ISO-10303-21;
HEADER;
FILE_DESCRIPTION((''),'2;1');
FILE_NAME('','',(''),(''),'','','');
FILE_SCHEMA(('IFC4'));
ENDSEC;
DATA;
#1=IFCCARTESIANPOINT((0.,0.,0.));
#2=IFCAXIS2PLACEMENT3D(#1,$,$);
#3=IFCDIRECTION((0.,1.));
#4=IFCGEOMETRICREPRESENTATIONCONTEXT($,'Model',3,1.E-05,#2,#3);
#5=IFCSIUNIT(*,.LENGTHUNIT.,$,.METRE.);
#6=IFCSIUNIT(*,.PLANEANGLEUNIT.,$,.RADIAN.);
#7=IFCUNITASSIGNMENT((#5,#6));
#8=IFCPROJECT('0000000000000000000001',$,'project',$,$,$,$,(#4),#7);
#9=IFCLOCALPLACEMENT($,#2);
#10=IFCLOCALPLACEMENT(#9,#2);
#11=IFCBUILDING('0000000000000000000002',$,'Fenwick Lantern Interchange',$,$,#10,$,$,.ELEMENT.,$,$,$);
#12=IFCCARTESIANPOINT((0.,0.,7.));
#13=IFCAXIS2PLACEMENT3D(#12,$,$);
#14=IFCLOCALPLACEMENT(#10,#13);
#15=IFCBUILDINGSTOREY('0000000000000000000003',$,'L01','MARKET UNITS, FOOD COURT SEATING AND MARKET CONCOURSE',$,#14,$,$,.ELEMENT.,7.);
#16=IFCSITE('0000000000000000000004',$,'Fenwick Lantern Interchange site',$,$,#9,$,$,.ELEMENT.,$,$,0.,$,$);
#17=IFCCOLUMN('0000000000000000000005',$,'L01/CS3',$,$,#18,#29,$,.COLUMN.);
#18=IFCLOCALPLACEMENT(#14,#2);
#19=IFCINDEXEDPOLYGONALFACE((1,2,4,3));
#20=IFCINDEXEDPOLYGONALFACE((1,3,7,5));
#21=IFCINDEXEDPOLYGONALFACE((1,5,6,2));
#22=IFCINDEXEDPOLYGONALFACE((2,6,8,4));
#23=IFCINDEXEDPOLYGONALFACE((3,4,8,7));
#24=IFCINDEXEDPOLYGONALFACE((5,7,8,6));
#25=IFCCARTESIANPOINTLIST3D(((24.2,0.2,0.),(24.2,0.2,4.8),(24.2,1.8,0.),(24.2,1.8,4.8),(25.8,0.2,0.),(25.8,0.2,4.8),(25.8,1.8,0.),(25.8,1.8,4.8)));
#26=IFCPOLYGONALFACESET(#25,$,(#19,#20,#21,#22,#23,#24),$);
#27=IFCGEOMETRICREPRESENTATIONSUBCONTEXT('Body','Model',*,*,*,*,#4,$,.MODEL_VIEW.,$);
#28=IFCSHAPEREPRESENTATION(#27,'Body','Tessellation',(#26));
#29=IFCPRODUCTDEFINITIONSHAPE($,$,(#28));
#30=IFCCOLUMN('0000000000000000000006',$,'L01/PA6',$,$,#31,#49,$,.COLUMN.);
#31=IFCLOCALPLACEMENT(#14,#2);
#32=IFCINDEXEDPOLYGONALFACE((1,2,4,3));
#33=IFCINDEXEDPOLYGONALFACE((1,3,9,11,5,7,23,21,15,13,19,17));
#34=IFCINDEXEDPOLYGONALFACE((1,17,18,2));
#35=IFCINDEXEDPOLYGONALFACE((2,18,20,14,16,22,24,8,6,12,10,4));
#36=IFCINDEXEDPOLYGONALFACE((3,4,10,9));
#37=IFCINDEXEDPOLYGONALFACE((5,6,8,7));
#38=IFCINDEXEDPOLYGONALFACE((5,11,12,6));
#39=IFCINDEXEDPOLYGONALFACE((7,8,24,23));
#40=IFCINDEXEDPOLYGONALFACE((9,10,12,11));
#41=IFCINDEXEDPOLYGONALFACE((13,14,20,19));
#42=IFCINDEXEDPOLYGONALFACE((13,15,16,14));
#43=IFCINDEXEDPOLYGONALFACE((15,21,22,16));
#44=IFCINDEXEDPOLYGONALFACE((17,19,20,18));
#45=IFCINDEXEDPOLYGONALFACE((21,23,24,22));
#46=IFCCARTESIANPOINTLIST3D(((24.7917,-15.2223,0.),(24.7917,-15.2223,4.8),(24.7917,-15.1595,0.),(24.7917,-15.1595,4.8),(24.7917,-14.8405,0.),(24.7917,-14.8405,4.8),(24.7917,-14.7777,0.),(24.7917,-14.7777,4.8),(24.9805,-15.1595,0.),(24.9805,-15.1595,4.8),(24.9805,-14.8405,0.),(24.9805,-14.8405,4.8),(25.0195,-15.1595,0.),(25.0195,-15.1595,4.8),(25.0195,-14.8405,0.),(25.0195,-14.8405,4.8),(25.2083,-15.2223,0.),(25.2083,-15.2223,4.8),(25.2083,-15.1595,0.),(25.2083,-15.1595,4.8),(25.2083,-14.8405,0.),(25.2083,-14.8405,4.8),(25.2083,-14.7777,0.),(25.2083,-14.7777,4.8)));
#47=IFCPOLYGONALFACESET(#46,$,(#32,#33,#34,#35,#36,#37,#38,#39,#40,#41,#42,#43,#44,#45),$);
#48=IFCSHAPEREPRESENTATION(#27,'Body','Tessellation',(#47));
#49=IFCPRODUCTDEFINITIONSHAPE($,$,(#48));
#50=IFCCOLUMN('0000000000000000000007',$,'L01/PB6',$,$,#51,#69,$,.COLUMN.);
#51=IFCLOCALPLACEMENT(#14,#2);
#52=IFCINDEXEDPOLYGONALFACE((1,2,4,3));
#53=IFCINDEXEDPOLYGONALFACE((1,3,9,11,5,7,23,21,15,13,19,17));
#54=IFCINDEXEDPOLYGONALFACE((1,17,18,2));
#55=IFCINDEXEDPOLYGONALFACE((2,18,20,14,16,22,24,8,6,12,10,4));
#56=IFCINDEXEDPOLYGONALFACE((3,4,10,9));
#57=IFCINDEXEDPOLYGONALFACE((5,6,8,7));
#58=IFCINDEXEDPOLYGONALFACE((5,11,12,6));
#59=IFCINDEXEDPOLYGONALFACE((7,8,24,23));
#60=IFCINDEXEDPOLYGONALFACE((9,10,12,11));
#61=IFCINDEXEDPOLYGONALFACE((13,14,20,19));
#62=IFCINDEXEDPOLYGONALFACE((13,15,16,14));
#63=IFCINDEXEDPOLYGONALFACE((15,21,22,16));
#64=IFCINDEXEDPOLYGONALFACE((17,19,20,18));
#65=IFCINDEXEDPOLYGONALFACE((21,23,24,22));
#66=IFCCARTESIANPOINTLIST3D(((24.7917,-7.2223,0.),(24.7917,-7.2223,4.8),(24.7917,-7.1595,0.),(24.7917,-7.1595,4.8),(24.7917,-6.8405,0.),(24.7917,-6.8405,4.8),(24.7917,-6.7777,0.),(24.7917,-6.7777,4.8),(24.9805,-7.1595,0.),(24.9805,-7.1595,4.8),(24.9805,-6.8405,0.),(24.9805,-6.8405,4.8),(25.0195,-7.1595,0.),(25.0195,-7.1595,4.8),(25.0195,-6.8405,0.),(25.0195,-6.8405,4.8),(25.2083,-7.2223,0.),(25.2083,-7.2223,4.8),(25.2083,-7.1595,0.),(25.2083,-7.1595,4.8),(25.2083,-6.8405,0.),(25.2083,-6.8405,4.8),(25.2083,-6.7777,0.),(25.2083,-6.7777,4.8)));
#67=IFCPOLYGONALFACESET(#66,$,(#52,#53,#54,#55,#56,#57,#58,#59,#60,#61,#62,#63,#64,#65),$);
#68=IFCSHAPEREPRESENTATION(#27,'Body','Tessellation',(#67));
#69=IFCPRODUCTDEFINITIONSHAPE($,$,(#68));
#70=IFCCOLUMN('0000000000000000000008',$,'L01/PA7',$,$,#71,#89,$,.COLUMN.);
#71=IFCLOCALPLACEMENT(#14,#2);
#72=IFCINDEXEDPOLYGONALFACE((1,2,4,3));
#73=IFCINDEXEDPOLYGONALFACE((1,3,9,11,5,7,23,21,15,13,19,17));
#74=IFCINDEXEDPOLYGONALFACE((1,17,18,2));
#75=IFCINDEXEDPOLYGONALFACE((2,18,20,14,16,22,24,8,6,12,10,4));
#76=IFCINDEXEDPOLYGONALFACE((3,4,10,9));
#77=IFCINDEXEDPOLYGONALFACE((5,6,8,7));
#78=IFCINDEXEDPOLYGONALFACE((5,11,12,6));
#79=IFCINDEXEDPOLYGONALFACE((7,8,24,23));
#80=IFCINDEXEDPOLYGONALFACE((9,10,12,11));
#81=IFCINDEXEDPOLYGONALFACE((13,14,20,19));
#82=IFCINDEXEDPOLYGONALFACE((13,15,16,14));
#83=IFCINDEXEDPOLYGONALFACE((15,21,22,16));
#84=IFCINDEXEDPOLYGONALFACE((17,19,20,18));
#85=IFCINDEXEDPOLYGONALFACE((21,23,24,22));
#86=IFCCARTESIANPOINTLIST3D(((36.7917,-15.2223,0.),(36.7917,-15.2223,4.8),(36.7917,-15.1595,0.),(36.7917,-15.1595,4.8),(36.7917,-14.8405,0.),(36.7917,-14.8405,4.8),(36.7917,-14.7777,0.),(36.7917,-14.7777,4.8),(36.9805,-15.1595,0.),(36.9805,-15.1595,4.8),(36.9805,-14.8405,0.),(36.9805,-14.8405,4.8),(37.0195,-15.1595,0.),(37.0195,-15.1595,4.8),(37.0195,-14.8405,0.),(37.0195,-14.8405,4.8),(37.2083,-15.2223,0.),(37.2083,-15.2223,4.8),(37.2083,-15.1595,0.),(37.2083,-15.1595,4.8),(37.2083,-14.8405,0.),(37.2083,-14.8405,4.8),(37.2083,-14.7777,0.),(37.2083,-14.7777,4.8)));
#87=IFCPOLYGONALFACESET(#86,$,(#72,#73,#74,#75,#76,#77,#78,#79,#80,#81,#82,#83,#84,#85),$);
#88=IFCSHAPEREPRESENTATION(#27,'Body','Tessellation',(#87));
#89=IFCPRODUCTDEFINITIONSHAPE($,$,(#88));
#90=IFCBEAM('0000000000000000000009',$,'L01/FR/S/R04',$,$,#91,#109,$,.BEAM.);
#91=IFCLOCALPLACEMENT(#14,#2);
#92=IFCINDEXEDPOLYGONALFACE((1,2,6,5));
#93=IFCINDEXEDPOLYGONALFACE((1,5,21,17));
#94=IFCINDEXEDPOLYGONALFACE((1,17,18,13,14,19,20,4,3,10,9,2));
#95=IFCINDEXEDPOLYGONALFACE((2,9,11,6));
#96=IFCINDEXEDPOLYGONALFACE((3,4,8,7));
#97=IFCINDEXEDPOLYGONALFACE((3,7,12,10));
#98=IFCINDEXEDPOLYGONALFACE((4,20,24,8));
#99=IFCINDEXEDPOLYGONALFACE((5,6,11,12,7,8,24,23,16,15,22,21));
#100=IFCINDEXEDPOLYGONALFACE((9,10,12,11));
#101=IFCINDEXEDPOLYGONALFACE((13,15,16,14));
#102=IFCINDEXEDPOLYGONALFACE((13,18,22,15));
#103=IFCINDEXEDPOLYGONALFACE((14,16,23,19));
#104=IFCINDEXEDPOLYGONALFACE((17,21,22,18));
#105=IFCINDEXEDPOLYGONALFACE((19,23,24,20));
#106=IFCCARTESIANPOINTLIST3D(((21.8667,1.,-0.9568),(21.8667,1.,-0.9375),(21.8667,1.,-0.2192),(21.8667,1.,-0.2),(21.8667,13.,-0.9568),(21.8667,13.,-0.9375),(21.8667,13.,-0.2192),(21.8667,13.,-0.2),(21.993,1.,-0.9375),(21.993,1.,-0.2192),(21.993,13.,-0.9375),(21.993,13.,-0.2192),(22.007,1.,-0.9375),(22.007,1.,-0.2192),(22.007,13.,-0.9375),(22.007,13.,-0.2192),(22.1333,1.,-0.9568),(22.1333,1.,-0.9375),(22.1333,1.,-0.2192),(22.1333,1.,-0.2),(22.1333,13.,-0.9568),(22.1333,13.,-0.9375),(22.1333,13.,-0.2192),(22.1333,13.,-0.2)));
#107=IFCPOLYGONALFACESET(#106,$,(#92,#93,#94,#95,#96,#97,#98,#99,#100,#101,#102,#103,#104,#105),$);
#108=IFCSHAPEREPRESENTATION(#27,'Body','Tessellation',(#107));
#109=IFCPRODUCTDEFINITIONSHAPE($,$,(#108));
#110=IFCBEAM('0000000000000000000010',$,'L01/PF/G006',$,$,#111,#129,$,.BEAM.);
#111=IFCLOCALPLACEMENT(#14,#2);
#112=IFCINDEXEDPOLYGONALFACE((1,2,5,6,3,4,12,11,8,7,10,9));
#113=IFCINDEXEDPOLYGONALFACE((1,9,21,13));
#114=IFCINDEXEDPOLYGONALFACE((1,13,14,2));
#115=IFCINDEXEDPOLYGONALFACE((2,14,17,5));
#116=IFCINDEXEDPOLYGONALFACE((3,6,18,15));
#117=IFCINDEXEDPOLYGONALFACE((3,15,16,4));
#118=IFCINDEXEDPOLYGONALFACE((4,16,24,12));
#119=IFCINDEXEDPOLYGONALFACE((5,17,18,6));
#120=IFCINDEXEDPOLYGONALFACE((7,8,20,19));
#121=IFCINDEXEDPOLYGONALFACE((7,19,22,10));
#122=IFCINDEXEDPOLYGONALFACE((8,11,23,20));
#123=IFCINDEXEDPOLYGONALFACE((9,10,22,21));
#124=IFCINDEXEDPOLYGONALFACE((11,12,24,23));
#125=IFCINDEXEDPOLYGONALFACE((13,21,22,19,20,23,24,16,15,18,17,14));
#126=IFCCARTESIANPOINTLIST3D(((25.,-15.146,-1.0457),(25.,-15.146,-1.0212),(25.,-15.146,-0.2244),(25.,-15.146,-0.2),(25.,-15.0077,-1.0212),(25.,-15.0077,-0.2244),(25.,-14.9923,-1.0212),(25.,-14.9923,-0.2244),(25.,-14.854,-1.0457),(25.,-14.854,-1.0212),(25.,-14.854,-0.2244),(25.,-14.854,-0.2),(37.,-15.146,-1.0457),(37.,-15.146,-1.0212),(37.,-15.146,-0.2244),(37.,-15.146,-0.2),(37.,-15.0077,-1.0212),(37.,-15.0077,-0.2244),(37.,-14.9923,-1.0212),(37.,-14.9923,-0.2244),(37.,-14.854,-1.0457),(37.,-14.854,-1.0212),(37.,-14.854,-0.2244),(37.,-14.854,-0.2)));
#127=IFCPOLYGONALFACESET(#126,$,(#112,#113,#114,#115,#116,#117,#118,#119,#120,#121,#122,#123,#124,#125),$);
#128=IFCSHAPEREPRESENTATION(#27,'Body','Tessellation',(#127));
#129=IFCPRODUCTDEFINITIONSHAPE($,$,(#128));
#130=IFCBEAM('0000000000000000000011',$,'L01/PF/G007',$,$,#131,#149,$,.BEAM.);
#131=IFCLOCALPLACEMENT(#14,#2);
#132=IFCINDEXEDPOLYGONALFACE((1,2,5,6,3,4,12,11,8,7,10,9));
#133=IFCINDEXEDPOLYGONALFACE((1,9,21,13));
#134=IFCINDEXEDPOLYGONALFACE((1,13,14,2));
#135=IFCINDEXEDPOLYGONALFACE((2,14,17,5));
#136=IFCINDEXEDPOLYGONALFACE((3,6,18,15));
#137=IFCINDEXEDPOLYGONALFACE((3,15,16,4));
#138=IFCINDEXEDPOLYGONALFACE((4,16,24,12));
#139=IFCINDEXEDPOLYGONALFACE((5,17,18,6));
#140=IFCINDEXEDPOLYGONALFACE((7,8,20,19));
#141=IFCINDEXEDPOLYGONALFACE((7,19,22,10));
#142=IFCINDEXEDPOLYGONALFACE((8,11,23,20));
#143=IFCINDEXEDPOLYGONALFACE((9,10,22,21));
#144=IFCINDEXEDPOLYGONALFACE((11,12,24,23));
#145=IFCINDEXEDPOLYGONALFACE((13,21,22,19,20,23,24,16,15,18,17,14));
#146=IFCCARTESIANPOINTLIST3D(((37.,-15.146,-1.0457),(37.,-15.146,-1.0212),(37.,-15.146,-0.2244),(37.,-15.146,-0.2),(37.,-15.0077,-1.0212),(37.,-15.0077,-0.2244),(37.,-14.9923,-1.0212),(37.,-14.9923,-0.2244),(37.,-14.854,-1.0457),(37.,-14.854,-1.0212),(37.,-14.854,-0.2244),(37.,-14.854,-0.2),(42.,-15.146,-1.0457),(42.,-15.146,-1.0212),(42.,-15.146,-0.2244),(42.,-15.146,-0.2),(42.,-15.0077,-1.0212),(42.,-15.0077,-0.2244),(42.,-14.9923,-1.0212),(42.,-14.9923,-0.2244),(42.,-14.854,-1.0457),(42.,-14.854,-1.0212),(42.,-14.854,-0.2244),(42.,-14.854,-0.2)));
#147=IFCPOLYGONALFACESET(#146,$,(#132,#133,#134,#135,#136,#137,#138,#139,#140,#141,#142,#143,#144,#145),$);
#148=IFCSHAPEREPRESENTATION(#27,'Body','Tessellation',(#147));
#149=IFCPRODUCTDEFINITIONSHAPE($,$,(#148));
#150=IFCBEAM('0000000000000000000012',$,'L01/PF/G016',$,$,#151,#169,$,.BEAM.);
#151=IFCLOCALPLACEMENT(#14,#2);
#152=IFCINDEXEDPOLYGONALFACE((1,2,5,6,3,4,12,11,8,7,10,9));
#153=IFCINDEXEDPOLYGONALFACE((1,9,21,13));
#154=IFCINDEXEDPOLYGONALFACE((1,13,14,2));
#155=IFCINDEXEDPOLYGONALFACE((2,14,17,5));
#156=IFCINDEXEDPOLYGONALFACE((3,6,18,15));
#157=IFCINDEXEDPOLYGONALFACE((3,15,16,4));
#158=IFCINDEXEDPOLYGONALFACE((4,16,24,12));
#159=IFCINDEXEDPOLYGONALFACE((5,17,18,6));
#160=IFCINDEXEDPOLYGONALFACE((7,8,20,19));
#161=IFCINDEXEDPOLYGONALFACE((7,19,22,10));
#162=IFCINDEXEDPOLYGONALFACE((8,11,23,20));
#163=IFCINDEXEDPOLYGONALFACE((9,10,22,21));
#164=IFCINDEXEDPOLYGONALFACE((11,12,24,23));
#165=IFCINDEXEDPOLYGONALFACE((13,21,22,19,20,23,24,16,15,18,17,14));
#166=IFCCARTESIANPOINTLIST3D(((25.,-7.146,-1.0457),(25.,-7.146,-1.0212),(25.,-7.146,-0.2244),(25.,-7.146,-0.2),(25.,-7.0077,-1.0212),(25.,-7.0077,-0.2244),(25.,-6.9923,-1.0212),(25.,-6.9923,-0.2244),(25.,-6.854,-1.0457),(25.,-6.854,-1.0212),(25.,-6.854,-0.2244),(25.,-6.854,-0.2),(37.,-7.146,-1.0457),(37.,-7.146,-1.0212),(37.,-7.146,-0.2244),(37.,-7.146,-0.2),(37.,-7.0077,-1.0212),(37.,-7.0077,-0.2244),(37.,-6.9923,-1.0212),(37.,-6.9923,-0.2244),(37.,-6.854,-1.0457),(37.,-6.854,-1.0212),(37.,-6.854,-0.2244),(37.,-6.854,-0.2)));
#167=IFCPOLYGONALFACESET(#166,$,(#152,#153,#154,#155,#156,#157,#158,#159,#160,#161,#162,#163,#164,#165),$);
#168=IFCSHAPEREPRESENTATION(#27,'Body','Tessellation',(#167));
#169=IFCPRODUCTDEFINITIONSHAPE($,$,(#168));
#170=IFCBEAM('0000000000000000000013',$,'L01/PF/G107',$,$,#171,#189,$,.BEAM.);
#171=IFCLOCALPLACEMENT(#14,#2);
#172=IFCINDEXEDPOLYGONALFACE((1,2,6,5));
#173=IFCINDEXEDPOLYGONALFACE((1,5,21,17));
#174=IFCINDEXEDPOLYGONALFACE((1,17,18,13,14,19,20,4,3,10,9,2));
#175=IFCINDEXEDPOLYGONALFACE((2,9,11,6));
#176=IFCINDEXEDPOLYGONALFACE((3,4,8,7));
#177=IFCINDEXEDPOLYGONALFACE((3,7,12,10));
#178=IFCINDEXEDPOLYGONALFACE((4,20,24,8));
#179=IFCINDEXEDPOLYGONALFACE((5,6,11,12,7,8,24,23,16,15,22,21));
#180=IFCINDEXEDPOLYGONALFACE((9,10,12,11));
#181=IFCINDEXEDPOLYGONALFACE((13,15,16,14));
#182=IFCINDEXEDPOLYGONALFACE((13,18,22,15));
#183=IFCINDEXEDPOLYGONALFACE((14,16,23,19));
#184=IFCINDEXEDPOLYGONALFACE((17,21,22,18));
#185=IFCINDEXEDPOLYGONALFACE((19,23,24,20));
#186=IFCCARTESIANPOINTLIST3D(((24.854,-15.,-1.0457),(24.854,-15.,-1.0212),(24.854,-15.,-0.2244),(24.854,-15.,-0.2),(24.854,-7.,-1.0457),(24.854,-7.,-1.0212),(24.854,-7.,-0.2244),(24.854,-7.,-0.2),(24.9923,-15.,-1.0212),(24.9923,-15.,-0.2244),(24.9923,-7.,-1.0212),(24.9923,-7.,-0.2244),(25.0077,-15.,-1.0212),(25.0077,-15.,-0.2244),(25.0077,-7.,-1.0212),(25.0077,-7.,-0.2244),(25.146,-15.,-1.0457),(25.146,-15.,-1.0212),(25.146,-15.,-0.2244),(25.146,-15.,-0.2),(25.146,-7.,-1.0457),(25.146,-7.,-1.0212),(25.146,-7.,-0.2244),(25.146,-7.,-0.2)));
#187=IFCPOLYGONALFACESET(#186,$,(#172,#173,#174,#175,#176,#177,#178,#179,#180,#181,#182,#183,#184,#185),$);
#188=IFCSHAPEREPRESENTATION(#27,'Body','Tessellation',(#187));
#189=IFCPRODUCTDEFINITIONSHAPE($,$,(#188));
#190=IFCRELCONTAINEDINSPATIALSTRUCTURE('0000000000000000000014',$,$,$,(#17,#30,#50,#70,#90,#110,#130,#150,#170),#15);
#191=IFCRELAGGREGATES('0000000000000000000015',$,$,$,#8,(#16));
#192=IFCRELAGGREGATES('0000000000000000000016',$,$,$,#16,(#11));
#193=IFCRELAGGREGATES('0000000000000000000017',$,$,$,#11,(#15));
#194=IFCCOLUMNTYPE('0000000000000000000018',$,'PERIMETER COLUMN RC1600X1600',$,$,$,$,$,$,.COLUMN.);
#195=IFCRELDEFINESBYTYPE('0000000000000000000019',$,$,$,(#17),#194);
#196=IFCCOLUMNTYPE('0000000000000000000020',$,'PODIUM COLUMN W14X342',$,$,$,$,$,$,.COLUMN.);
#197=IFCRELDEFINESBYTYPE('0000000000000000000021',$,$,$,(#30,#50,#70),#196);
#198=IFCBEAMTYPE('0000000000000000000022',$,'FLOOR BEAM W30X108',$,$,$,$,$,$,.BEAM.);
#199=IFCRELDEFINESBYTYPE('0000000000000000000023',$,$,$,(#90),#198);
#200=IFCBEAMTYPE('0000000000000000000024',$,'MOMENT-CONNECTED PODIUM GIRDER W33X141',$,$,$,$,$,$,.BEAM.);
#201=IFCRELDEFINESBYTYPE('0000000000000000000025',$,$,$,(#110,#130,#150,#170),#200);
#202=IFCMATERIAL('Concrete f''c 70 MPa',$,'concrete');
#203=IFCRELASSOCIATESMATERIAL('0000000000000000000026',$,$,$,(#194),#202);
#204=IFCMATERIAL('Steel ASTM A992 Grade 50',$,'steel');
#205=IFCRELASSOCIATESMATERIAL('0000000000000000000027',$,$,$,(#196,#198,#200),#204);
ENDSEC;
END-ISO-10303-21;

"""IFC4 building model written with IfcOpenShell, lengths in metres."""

from ifc_helpers import new_model, si_unit, direction, frame, origin, origin_2d, place, context, subcontext, project, spatial, rectangle, i_section, extrude, material, material_profile, profile_set, type_object, element, save


model = new_model("IFC4")

# Units and contexts
model_context = context("Model", 3, precision=1e-05, world=origin(), true_north=direction((0.0, 1.0)))
body_context = subcontext(model_context, "Body", "Model", "MODEL_VIEW")
ifc_project = project(units=[si_unit("LENGTHUNIT", "METRE"), si_unit("PLANEANGLEUNIT", "RADIAN")], contexts=[model_context])

# Site, building, storey
site_placement = place(None, origin())
site = spatial("IfcSite", under=ifc_project, at=site_placement, Name="Fenwick Lantern Interchange site", CompositionType="ELEMENT", RefElevation=0.0)
building_placement = place(site_placement, origin())
building = spatial("IfcBuilding", under=site, at=building_placement, Name="Fenwick Lantern Interchange", CompositionType="ELEMENT")
storey_placement = place(building_placement, frame((0.0, 0.0, 7.0)))
storey = spatial("IfcBuildingStorey", under=building, at=storey_placement, Name="L01", Description="MARKET UNITS, FOOD COURT SEATING AND MARKET CONCOURSE", CompositionType="ELEMENT", Elevation=7.0)

# Columns
ifc_material_1 = material(Name="Concrete f'c 70 MPa", Category="concrete")
ifc_material_profile_1 = material_profile(ifc_material_1, rectangle(XDim=1.6001, YDim=1.6001, at=origin_2d()), Name="RC1600X1600")
ifc_profile_set_1 = profile_set([ifc_material_profile_1], Name="Concrete f'c 70 MPa")
column_type_1 = type_object("IfcColumnType", Name="PERIMETER COLUMN RC1600X1600", PredefinedType="COLUMN", material=ifc_profile_set_1)
column_placement = place(storey_placement, frame((25.0, 1.0, 0.0), z_axis=(0.0, 0.0, 1.0), x_axis=(1.0, 0.0, 0.0)))
element("IfcColumn", 1, at=column_placement, inside=storey, type_object=column_type_1, Name="L01/CS3", PredefinedType="COLUMN", context=body_context, shape_type="SweptSolid", body=[
    extrude(rectangle(XDim=1.6001, YDim=1.6001, at=origin_2d()), origin(), (0.0, 0.0, 1.0), 4.8),
])
ifc_material_2 = material(Name="Steel ASTM A992 Grade 50", Category="steel")
ifc_material_profile_2 = material_profile(ifc_material_2, i_section(OverallWidth=0.4165, OverallDepth=0.4446, WebThickness=0.0391, FlangeThickness=0.0627, at=origin_2d()), Name="W14X342")
ifc_profile_set_2 = profile_set([ifc_material_profile_2], Name="Steel ASTM A992 Grade 50")
column_type_2 = type_object("IfcColumnType", Name="PODIUM COLUMN W14X342", PredefinedType="COLUMN", material=ifc_profile_set_2)
for number, where, z_axis, x_axis, name in (
    (2, (25.0, -15.0, 0.0), (0.0, 0.0, 1.0), (1.0, 0.0, 0.0), "L01/PA6"),
    (3, (25.0, -7.0, 0.0), (0.0, 0.0, 1.0), (1.0, 0.0, 0.0), "L01/PB6"),
    (4, (37.0, -15.0, 0.0), (0.0, 0.0, 1.0), (1.0, 0.0, 0.0), "L01/PA7"),
):
    element("IfcColumn", number, at=place(storey_placement, frame(where, z_axis=z_axis, x_axis=x_axis)), inside=storey, type_object=column_type_2, Name=name, PredefinedType="COLUMN", context=body_context, shape_type="SweptSolid", body=[
        extrude(i_section(OverallWidth=0.4165, OverallDepth=0.4446, WebThickness=0.0391, FlangeThickness=0.0627, at=origin_2d()), origin(), (0.0, 0.0, 1.0), 4.8),
    ])

# Beams
ifc_material_profile_3 = material_profile(ifc_material_2, i_section(OverallWidth=0.2666, OverallDepth=0.7568, WebThickness=0.0139, FlangeThickness=0.0193, at=origin_2d()), Name="W30X108")
ifc_profile_set_3 = profile_set([ifc_material_profile_3], Name="Steel ASTM A992 Grade 50")
beam_type_1 = type_object("IfcBeamType", Name="FLOOR BEAM W30X108", PredefinedType="BEAM", material=ifc_profile_set_3)
beam_1_placement = place(storey_placement, frame((22.0, 1.0, -0.5784), z_axis=(0.0, 1.0, 0.0), x_axis=(-1.0, 0.0, 0.0)))
element("IfcBeam", 5, at=beam_1_placement, inside=storey, type_object=beam_type_1, Name="L01/FR/S/R04", PredefinedType="BEAM", context=body_context, shape_type="SweptSolid", body=[
    extrude(i_section(OverallWidth=0.2666, OverallDepth=0.7568, WebThickness=0.0139, FlangeThickness=0.0193, at=origin_2d()), origin(), (0.0, 0.0, 1.0), 12.0),
])
ifc_material_profile_4 = material_profile(ifc_material_2, i_section(OverallWidth=0.292, OverallDepth=0.8457, WebThickness=0.0154, FlangeThickness=0.0244, at=origin_2d()), Name="W33X141")
ifc_profile_set_4 = profile_set([ifc_material_profile_4], Name="Steel ASTM A992 Grade 50")
beam_type_2 = type_object("IfcBeamType", Name="MOMENT-CONNECTED PODIUM GIRDER W33X141", PredefinedType="BEAM", material=ifc_profile_set_4)
beam_2_placement = place(storey_placement, frame((25.0, -15.0, -0.6228), z_axis=(1.0, 0.0, 0.0), x_axis=(0.0, 1.0, 0.0)))
element("IfcBeam", 6, at=beam_2_placement, inside=storey, type_object=beam_type_2, Name="L01/PF/G006", PredefinedType="BEAM", context=body_context, shape_type="SweptSolid", body=[
    extrude(i_section(OverallWidth=0.292, OverallDepth=0.8457, WebThickness=0.0154, FlangeThickness=0.0244, at=origin_2d()), origin(), (0.0, 0.0, 1.0), 12.0),
])
beam_3_placement = place(storey_placement, frame((37.0, -15.0, -0.6228), z_axis=(1.0, 0.0, 0.0), x_axis=(0.0, 1.0, 0.0)))
element("IfcBeam", 7, at=beam_3_placement, inside=storey, type_object=beam_type_2, Name="L01/PF/G007", PredefinedType="BEAM", context=body_context, shape_type="SweptSolid", body=[
    extrude(i_section(OverallWidth=0.292, OverallDepth=0.8457, WebThickness=0.0154, FlangeThickness=0.0244, at=origin_2d()), origin(), (0.0, 0.0, 1.0), 5.0),
])
beam_4_placement = place(storey_placement, frame((25.0, -7.0, -0.6228), z_axis=(1.0, 0.0, 0.0), x_axis=(0.0, 1.0, 0.0)))
element("IfcBeam", 8, at=beam_4_placement, inside=storey, type_object=beam_type_2, Name="L01/PF/G016", PredefinedType="BEAM", context=body_context, shape_type="SweptSolid", body=[
    extrude(i_section(OverallWidth=0.292, OverallDepth=0.8457, WebThickness=0.0154, FlangeThickness=0.0244, at=origin_2d()), origin(), (0.0, 0.0, 1.0), 12.0),
])
for number, where, z_axis, x_axis, name in (
    (9, (25.0, -15.0, -0.6228), (0.0, 1.0, 0.0), (-1.0, 0.0, 0.0), "L01/PF/G107"),
):
    element("IfcBeam", number, at=place(storey_placement, frame(where, z_axis=z_axis, x_axis=x_axis)), inside=storey, type_object=beam_type_2, Name=name, PredefinedType="BEAM", context=body_context, shape_type="SweptSolid", body=[
        extrude(i_section(OverallWidth=0.292, OverallDepth=0.8457, WebThickness=0.0154, FlangeThickness=0.0244, at=origin_2d()), origin(), (0.0, 0.0, 1.0), 8.0),
    ])

save(model, "model.ifc")
